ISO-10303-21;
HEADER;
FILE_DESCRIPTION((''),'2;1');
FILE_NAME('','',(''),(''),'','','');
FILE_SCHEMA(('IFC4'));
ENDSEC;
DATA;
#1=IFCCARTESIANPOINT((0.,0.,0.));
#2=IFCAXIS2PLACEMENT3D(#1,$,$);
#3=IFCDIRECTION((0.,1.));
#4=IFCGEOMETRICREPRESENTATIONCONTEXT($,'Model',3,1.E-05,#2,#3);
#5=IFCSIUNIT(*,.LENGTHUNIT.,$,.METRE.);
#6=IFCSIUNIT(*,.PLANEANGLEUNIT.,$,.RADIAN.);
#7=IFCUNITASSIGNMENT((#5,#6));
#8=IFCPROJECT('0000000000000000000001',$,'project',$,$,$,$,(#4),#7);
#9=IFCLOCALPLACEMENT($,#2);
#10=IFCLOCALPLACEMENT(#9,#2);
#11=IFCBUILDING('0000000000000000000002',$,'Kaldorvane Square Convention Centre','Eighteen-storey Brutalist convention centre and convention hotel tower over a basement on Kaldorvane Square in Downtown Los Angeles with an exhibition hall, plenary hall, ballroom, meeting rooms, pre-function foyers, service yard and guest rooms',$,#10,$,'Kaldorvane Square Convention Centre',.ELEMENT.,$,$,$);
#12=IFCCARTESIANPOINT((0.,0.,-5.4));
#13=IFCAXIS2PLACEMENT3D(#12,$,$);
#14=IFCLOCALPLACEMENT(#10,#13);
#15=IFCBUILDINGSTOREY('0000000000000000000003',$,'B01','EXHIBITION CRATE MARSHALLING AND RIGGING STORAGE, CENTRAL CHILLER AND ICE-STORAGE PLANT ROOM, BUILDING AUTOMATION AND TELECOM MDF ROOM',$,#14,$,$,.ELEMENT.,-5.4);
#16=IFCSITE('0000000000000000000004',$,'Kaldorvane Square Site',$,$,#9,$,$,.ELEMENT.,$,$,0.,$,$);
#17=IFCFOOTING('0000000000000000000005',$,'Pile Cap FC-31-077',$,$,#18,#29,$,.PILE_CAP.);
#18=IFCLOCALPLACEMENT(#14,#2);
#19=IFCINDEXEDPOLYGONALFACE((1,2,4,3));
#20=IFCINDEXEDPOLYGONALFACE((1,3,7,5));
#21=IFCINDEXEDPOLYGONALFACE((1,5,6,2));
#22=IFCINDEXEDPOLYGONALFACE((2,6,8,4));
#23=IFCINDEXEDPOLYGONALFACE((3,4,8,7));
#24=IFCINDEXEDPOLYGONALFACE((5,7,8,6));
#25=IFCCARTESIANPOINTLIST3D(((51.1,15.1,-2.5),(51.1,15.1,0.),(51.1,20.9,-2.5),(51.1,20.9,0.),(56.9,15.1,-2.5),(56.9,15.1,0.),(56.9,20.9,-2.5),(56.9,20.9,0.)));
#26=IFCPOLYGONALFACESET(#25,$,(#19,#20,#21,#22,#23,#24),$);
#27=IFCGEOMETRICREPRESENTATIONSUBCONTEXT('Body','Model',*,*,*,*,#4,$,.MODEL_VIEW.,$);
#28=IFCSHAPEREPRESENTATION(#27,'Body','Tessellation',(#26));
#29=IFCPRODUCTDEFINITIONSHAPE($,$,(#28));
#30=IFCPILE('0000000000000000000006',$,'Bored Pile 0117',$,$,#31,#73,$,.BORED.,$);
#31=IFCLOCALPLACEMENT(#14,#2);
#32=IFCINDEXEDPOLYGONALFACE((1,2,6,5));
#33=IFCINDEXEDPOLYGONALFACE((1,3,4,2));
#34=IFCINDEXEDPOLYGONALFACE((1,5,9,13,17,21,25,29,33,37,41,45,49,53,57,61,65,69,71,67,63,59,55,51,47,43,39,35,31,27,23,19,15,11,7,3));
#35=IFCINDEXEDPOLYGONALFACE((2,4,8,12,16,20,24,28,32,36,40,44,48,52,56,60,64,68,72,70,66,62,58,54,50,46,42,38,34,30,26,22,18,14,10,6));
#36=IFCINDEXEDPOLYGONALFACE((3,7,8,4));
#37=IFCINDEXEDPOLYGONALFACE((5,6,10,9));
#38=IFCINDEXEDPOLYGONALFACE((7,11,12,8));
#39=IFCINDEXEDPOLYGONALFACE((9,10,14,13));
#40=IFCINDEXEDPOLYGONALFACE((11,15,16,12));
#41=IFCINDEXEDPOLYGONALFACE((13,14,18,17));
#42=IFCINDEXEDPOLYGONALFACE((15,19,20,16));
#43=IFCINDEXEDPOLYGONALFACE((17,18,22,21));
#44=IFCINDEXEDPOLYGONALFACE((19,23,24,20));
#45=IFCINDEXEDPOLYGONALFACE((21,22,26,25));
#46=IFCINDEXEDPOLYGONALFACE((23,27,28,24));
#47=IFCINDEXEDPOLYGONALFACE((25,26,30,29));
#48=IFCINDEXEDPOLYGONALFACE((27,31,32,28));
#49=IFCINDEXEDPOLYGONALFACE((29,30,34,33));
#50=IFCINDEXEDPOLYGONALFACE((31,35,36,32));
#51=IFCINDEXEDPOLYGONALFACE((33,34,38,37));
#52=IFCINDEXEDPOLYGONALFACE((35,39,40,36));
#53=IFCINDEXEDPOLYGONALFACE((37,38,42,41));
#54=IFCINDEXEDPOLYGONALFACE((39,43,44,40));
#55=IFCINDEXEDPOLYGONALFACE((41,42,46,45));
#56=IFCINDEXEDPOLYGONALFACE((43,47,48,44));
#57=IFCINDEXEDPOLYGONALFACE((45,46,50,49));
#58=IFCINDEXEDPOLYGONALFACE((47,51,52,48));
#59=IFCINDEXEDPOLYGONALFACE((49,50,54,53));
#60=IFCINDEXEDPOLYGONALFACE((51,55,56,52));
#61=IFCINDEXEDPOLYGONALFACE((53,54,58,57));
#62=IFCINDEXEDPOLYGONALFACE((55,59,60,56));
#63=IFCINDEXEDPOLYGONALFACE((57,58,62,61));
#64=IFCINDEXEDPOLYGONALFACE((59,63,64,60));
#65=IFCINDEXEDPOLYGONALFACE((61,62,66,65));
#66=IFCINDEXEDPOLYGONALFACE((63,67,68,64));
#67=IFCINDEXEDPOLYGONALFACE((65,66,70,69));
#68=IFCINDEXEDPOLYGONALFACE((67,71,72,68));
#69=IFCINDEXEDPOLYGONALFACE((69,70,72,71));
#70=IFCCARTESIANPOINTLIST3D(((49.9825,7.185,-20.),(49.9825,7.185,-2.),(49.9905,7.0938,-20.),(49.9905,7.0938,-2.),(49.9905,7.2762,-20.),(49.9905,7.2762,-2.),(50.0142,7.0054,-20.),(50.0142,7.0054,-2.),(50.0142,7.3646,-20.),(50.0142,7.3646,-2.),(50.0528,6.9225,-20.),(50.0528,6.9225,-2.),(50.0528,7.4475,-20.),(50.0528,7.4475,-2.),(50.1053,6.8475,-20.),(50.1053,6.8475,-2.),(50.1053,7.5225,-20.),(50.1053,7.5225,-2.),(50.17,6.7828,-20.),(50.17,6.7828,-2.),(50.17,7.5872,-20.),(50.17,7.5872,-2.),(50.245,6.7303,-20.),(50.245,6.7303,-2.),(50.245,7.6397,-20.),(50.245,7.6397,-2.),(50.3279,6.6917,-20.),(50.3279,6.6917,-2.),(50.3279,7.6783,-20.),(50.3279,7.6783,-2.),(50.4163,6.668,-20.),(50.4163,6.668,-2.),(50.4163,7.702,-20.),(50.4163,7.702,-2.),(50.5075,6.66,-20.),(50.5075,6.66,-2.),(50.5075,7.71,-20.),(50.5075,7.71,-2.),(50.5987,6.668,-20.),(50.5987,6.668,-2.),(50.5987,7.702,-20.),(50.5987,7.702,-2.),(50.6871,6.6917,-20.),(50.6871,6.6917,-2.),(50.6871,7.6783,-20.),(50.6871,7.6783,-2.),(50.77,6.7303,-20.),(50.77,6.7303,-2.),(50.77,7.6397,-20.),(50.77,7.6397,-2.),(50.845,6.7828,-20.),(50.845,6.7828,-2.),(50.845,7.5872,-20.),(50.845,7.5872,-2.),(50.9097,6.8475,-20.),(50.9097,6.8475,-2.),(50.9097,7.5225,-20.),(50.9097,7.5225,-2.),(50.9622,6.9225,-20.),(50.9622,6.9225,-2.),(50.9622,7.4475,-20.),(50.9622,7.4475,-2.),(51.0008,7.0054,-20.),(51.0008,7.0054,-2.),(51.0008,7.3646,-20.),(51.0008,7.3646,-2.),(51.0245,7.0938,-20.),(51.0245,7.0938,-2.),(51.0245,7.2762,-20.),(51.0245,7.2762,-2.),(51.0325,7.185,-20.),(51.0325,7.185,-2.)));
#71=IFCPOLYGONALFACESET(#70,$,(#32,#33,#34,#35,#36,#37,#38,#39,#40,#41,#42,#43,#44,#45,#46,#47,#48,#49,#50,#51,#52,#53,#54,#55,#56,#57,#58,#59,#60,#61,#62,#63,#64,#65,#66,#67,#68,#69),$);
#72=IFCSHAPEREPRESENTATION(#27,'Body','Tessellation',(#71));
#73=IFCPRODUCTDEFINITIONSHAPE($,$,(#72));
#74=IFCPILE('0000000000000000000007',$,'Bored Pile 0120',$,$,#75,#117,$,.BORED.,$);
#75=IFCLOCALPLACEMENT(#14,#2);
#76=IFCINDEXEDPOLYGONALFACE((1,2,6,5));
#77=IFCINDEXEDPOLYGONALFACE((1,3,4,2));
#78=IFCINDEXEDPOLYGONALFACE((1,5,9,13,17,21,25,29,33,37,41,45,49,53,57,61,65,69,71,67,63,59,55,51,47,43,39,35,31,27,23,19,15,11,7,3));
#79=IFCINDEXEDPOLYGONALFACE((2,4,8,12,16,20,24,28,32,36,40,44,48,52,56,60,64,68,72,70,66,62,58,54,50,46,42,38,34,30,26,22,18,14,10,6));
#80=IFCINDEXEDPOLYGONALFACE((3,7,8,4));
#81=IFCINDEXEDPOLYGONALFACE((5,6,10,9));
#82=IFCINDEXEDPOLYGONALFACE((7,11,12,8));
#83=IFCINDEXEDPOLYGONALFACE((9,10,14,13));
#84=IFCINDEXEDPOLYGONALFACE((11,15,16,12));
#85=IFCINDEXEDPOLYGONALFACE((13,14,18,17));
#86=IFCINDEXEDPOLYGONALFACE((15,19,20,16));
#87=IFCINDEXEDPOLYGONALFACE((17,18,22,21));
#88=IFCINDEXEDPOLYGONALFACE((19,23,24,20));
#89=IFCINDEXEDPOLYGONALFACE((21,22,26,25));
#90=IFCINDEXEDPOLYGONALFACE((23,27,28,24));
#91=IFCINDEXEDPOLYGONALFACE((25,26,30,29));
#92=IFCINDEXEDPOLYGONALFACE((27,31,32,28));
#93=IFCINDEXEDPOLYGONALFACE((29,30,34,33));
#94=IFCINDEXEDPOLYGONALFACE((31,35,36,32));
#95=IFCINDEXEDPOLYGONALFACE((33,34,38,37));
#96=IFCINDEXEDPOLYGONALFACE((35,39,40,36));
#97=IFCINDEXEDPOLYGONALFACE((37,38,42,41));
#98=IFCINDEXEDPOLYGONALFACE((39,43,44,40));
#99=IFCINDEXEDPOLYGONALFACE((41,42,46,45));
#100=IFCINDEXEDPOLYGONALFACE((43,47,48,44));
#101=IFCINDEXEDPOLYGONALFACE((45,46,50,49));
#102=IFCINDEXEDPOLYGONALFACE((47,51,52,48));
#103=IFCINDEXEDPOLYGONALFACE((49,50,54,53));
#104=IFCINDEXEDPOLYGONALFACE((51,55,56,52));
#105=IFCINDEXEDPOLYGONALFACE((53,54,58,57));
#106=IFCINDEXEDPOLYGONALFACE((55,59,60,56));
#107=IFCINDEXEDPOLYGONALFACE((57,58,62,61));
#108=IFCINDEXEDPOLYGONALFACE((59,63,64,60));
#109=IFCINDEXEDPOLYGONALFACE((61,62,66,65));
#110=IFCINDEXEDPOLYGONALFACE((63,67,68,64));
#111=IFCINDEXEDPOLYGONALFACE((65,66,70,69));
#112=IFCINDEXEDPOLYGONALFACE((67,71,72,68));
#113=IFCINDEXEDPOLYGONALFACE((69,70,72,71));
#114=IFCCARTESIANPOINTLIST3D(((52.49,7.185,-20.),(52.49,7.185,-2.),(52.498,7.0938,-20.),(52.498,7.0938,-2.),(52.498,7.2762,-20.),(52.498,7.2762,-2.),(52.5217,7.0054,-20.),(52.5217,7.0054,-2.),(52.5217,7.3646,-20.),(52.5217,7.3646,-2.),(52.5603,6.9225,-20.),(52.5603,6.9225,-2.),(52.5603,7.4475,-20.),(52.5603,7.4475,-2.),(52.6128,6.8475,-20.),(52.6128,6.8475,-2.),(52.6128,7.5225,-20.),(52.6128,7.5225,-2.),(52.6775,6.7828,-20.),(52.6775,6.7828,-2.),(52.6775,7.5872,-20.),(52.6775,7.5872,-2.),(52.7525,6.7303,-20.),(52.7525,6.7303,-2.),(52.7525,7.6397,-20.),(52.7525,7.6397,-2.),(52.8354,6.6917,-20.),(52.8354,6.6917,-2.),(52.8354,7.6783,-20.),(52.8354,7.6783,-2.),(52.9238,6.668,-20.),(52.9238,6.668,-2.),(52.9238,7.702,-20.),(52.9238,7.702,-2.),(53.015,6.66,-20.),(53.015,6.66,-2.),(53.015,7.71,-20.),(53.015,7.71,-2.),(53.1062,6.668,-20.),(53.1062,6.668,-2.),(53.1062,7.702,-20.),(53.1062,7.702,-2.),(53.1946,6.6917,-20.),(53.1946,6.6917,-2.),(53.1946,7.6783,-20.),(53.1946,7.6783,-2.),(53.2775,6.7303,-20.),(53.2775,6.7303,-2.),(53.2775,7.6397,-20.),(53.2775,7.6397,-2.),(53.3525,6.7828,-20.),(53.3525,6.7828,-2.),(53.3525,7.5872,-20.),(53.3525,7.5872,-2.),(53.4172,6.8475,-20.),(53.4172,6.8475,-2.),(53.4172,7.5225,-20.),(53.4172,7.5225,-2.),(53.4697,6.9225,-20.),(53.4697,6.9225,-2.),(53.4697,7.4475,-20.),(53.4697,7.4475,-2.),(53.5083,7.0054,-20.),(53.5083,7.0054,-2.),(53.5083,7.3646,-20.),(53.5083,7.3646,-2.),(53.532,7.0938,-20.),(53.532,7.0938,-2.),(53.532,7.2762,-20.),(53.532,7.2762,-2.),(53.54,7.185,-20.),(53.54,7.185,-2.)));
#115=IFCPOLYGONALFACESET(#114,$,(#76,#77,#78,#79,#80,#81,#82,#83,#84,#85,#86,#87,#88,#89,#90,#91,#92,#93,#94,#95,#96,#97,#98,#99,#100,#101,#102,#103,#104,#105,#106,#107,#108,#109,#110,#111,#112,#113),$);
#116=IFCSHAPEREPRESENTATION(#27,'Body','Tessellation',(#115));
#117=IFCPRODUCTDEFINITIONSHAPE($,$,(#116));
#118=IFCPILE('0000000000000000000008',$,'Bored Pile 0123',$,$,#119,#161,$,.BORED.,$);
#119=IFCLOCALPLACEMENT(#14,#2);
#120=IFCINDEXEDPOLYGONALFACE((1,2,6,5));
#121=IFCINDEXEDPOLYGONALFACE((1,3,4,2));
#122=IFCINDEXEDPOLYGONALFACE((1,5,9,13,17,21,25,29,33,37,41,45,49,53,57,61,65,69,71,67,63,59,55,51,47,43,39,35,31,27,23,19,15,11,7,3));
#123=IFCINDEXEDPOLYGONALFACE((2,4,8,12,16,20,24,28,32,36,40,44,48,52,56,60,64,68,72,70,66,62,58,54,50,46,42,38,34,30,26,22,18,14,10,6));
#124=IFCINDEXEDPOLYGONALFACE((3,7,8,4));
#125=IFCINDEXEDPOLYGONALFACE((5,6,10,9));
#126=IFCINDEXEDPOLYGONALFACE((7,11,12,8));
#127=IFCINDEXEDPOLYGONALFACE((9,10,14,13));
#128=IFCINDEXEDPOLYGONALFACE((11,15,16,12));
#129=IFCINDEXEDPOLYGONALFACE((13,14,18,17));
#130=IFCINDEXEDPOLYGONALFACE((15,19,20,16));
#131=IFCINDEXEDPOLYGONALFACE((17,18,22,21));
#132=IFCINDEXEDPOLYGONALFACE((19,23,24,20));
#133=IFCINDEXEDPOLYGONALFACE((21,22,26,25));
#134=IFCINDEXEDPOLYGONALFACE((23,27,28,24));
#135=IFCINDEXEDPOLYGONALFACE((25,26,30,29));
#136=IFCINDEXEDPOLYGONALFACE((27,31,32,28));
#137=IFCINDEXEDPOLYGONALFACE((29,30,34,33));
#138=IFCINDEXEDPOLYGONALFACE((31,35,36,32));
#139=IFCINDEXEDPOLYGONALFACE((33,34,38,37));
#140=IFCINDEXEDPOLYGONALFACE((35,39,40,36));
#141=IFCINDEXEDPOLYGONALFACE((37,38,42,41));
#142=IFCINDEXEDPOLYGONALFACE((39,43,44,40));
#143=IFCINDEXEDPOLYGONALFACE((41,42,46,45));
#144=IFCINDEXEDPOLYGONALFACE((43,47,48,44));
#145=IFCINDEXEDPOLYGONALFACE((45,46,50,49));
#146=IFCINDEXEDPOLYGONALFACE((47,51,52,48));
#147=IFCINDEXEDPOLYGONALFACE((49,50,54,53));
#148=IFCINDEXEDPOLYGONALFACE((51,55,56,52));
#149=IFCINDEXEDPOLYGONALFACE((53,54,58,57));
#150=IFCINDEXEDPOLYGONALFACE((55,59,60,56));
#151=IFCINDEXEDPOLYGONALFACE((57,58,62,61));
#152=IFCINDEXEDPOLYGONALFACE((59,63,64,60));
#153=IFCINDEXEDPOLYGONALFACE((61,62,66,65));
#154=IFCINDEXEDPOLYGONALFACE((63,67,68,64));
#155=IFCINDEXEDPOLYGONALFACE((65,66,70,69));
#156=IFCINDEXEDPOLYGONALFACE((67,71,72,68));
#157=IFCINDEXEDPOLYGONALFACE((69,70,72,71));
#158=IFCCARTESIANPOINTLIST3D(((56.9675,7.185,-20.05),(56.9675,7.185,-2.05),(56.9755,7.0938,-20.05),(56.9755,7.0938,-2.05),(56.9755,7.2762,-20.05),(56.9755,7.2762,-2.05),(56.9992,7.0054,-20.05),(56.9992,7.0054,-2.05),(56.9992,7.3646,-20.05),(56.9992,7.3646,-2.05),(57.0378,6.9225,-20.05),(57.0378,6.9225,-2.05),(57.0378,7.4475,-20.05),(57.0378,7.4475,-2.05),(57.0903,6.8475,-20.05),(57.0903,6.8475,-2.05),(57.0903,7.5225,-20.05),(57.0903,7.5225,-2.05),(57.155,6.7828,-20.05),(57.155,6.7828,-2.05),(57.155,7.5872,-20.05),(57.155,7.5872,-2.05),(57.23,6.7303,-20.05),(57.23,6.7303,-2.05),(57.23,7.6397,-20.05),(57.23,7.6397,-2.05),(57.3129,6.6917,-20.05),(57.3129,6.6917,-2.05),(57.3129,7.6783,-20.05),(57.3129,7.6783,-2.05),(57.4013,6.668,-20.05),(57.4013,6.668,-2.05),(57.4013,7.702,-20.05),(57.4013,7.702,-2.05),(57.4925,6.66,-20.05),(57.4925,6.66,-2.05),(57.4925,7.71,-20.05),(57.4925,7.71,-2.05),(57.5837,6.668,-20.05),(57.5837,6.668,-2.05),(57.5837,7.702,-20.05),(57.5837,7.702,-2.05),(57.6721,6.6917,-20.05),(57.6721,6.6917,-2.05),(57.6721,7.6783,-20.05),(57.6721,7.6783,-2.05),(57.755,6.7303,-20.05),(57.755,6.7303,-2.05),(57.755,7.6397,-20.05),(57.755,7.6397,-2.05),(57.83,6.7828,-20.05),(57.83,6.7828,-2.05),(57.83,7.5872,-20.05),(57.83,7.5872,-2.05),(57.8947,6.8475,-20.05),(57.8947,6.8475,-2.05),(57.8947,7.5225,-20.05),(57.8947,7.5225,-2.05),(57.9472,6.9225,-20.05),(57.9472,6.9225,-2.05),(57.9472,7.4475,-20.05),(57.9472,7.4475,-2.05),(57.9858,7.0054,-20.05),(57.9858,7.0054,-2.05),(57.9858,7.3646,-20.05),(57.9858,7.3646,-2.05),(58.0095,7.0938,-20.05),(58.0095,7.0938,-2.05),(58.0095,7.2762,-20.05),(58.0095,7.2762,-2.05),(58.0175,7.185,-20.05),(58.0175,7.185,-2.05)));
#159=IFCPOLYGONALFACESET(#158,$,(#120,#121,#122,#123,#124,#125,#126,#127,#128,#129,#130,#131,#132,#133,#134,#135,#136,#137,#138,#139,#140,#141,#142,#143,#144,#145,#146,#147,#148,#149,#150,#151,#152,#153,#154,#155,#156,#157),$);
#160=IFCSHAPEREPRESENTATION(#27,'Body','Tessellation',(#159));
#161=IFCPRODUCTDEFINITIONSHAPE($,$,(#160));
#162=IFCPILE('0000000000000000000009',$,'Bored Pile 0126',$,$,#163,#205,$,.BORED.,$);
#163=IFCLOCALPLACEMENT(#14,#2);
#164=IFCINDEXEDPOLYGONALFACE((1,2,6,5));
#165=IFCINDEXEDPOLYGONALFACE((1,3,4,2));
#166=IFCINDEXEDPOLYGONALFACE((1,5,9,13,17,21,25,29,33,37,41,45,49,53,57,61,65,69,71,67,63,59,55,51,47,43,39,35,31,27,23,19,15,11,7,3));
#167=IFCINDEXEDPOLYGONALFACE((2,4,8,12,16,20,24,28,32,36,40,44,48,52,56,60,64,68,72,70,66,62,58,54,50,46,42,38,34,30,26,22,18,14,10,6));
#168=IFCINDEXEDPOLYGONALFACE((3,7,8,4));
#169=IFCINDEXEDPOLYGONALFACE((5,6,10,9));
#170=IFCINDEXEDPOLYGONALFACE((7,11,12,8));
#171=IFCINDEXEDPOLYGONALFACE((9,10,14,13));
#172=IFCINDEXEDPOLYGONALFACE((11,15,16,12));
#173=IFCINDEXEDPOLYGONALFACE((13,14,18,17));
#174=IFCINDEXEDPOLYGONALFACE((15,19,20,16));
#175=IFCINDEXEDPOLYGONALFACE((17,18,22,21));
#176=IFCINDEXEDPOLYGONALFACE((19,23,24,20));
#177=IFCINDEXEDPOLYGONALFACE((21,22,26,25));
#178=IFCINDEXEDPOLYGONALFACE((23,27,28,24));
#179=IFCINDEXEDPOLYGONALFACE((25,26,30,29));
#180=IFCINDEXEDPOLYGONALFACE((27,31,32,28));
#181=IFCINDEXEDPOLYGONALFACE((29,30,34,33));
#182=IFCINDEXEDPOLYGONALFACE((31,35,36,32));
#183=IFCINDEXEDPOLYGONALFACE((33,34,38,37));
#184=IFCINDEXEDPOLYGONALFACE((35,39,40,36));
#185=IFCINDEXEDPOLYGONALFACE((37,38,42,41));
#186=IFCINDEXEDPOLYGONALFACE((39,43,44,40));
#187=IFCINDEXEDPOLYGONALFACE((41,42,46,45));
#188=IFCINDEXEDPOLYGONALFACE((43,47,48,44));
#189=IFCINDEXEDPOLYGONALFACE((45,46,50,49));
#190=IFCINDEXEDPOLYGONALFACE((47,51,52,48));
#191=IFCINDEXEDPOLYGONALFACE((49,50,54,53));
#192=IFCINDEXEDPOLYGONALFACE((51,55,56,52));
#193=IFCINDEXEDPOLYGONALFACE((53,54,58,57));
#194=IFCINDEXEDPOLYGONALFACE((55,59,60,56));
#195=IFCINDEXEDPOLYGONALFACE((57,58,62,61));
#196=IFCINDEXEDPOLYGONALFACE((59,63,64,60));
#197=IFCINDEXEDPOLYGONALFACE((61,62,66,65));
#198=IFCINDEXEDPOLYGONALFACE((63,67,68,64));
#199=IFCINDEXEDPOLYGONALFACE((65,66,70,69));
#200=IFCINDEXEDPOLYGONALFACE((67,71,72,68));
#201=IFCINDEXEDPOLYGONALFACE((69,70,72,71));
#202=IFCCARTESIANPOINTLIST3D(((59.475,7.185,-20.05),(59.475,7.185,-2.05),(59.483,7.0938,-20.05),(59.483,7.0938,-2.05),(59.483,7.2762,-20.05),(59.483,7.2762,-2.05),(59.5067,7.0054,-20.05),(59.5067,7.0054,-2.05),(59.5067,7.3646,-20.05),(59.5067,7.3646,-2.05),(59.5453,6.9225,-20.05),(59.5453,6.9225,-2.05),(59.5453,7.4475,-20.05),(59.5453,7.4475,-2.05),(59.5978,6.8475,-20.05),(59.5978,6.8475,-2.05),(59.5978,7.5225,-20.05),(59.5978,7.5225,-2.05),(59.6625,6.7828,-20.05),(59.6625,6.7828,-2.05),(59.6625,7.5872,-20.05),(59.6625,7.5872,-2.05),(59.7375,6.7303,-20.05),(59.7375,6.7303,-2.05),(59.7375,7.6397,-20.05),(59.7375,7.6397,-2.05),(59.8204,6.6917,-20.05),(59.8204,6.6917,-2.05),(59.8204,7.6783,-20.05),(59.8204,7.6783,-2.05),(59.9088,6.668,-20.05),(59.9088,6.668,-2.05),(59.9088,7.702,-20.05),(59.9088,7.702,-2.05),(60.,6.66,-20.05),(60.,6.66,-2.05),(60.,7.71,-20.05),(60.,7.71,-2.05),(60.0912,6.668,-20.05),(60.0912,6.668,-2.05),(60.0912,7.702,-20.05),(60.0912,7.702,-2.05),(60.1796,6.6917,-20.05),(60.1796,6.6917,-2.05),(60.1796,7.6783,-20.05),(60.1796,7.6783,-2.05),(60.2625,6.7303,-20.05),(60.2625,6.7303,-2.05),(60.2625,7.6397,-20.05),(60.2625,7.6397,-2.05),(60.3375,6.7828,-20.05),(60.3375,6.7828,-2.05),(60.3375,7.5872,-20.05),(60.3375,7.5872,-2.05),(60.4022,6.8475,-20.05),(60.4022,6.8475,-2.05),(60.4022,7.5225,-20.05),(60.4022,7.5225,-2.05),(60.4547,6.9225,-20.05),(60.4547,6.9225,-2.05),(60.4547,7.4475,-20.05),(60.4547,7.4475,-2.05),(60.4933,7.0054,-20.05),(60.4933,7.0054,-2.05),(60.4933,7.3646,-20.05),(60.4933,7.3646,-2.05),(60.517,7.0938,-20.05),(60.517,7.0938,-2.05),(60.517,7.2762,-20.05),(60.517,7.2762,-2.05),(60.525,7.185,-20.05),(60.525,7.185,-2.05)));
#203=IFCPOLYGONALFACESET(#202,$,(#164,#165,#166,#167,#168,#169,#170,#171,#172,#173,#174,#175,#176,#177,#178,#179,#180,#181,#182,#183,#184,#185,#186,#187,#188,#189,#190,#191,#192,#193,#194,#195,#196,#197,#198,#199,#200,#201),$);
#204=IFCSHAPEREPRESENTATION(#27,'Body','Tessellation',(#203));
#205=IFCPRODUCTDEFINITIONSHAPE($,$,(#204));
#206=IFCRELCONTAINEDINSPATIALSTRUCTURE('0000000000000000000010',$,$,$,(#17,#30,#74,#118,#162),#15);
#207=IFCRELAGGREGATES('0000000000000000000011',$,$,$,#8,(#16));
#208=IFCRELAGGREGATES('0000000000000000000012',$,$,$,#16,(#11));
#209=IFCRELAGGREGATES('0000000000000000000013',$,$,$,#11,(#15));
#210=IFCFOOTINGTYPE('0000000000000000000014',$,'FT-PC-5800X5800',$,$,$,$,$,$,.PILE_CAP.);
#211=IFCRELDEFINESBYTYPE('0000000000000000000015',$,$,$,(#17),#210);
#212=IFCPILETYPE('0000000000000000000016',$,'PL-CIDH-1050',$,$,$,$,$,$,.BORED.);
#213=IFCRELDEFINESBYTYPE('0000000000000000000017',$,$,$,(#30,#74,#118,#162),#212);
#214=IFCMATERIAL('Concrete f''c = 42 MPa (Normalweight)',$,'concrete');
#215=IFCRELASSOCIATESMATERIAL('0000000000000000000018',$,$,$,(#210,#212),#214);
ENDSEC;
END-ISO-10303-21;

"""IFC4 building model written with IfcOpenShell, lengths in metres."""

from ifc_helpers import new_model, si_unit, direction, frame, origin, origin_2d, place, context, subcontext, project, spatial, rectangle, circle, extrude, material, material_profile, profile_set, type_object, element, save


model = new_model("IFC4")

# Units and contexts
model_context = context("Model", 3, precision=1e-05, world=origin(), true_north=direction((0.0, 1.0)))
body_context = subcontext(model_context, "Body", "Model", "MODEL_VIEW")
ifc_project = project(units=[si_unit("LENGTHUNIT", "METRE"), si_unit("PLANEANGLEUNIT", "RADIAN")], contexts=[model_context])

# Site, building, storey
site_placement = place(None, origin())
site = spatial("IfcSite", under=ifc_project, at=site_placement, Name="Kaldorvane Square Site", CompositionType="ELEMENT", RefElevation=0.0)
building_placement = place(site_placement, origin())
building = spatial("IfcBuilding", under=site, at=building_placement, Name="Kaldorvane Square Convention Centre", Description="Eighteen-storey Brutalist convention centre and convention hotel tower over a basement on Kaldorvane Square in Downtown Los Angeles with an exhibition hall, plenary hall, ballroom, meeting rooms, pre-function foyers, service yard and guest rooms", LongName="Kaldorvane Square Convention Centre", CompositionType="ELEMENT")
storey_placement = place(building_placement, frame((0.0, 0.0, -5.4)))
storey = spatial("IfcBuildingStorey", under=building, at=storey_placement, Name="B01", Description="EXHIBITION CRATE MARSHALLING AND RIGGING STORAGE, CENTRAL CHILLER AND ICE-STORAGE PLANT ROOM, BUILDING AUTOMATION AND TELECOM MDF ROOM", CompositionType="ELEMENT", Elevation=-5.4)

# Footing
ifc_material_1 = material(Name="Concrete f'c = 42 MPa (Normalweight)", Category="concrete")
footing_type = type_object("IfcFootingType", Name="FT-PC-5800X5800", PredefinedType="PILE_CAP", material=ifc_material_1)
footing_placement = place(storey_placement, frame((54.0, 18.0, -2.5), z_axis=(0.0, 0.0, 1.0), x_axis=(1.0, 0.0, 0.0)))
element("IfcFooting", 1, at=footing_placement, inside=storey, type_object=footing_type, Name="Pile Cap FC-31-077", PredefinedType="PILE_CAP", context=body_context, shape_type="SweptSolid", body=[
    extrude(rectangle(XDim=5.8, YDim=5.8, at=origin_2d()), origin(), (0.0, 0.0, 1.0), 2.5),
])

# Piles
ifc_material_profile_1 = material_profile(ifc_material_1, circle(Radius=0.525, at=origin_2d()), Name="PILE-D1050")
ifc_profile_set_1 = profile_set([ifc_material_profile_1], Name="Concrete f'c = 42 MPa (Normalweight)")
pile_type_1 = type_object("IfcPileType", Name="PL-CIDH-1050", PredefinedType="BORED", material=ifc_profile_set_1)
for number, where, z_axis, x_axis, name in (
    (2, (50.5075, 7.185, -2.0), (0.0, 0.0, -1.0), (1.0, 0.0, 0.0), "Bored Pile 0117"),
    (3, (53.015, 7.185, -2.0), (0.0, 0.0, -1.0), (1.0, 0.0, 0.0), "Bored Pile 0120"),
    (4, (57.4925, 7.185, -2.05), (0.0, 0.0, -1.0), (1.0, 0.0, 0.0), "Bored Pile 0123"),
    (5, (60.0, 7.185, -2.05), (0.0, 0.0, -1.0), (1.0, 0.0, 0.0), "Bored Pile 0126"),
):
    element("IfcPile", number, at=place(storey_placement, frame(where, z_axis=z_axis, x_axis=x_axis)), inside=storey, type_object=pile_type_1, Name=name, PredefinedType="BORED", context=body_context, shape_type="SweptSolid", body=[
        extrude(circle(Radius=0.525, at=origin_2d()), origin(), (0.0, 0.0, 1.0), 18.0),
    ])

save(model, "model.ifc")
